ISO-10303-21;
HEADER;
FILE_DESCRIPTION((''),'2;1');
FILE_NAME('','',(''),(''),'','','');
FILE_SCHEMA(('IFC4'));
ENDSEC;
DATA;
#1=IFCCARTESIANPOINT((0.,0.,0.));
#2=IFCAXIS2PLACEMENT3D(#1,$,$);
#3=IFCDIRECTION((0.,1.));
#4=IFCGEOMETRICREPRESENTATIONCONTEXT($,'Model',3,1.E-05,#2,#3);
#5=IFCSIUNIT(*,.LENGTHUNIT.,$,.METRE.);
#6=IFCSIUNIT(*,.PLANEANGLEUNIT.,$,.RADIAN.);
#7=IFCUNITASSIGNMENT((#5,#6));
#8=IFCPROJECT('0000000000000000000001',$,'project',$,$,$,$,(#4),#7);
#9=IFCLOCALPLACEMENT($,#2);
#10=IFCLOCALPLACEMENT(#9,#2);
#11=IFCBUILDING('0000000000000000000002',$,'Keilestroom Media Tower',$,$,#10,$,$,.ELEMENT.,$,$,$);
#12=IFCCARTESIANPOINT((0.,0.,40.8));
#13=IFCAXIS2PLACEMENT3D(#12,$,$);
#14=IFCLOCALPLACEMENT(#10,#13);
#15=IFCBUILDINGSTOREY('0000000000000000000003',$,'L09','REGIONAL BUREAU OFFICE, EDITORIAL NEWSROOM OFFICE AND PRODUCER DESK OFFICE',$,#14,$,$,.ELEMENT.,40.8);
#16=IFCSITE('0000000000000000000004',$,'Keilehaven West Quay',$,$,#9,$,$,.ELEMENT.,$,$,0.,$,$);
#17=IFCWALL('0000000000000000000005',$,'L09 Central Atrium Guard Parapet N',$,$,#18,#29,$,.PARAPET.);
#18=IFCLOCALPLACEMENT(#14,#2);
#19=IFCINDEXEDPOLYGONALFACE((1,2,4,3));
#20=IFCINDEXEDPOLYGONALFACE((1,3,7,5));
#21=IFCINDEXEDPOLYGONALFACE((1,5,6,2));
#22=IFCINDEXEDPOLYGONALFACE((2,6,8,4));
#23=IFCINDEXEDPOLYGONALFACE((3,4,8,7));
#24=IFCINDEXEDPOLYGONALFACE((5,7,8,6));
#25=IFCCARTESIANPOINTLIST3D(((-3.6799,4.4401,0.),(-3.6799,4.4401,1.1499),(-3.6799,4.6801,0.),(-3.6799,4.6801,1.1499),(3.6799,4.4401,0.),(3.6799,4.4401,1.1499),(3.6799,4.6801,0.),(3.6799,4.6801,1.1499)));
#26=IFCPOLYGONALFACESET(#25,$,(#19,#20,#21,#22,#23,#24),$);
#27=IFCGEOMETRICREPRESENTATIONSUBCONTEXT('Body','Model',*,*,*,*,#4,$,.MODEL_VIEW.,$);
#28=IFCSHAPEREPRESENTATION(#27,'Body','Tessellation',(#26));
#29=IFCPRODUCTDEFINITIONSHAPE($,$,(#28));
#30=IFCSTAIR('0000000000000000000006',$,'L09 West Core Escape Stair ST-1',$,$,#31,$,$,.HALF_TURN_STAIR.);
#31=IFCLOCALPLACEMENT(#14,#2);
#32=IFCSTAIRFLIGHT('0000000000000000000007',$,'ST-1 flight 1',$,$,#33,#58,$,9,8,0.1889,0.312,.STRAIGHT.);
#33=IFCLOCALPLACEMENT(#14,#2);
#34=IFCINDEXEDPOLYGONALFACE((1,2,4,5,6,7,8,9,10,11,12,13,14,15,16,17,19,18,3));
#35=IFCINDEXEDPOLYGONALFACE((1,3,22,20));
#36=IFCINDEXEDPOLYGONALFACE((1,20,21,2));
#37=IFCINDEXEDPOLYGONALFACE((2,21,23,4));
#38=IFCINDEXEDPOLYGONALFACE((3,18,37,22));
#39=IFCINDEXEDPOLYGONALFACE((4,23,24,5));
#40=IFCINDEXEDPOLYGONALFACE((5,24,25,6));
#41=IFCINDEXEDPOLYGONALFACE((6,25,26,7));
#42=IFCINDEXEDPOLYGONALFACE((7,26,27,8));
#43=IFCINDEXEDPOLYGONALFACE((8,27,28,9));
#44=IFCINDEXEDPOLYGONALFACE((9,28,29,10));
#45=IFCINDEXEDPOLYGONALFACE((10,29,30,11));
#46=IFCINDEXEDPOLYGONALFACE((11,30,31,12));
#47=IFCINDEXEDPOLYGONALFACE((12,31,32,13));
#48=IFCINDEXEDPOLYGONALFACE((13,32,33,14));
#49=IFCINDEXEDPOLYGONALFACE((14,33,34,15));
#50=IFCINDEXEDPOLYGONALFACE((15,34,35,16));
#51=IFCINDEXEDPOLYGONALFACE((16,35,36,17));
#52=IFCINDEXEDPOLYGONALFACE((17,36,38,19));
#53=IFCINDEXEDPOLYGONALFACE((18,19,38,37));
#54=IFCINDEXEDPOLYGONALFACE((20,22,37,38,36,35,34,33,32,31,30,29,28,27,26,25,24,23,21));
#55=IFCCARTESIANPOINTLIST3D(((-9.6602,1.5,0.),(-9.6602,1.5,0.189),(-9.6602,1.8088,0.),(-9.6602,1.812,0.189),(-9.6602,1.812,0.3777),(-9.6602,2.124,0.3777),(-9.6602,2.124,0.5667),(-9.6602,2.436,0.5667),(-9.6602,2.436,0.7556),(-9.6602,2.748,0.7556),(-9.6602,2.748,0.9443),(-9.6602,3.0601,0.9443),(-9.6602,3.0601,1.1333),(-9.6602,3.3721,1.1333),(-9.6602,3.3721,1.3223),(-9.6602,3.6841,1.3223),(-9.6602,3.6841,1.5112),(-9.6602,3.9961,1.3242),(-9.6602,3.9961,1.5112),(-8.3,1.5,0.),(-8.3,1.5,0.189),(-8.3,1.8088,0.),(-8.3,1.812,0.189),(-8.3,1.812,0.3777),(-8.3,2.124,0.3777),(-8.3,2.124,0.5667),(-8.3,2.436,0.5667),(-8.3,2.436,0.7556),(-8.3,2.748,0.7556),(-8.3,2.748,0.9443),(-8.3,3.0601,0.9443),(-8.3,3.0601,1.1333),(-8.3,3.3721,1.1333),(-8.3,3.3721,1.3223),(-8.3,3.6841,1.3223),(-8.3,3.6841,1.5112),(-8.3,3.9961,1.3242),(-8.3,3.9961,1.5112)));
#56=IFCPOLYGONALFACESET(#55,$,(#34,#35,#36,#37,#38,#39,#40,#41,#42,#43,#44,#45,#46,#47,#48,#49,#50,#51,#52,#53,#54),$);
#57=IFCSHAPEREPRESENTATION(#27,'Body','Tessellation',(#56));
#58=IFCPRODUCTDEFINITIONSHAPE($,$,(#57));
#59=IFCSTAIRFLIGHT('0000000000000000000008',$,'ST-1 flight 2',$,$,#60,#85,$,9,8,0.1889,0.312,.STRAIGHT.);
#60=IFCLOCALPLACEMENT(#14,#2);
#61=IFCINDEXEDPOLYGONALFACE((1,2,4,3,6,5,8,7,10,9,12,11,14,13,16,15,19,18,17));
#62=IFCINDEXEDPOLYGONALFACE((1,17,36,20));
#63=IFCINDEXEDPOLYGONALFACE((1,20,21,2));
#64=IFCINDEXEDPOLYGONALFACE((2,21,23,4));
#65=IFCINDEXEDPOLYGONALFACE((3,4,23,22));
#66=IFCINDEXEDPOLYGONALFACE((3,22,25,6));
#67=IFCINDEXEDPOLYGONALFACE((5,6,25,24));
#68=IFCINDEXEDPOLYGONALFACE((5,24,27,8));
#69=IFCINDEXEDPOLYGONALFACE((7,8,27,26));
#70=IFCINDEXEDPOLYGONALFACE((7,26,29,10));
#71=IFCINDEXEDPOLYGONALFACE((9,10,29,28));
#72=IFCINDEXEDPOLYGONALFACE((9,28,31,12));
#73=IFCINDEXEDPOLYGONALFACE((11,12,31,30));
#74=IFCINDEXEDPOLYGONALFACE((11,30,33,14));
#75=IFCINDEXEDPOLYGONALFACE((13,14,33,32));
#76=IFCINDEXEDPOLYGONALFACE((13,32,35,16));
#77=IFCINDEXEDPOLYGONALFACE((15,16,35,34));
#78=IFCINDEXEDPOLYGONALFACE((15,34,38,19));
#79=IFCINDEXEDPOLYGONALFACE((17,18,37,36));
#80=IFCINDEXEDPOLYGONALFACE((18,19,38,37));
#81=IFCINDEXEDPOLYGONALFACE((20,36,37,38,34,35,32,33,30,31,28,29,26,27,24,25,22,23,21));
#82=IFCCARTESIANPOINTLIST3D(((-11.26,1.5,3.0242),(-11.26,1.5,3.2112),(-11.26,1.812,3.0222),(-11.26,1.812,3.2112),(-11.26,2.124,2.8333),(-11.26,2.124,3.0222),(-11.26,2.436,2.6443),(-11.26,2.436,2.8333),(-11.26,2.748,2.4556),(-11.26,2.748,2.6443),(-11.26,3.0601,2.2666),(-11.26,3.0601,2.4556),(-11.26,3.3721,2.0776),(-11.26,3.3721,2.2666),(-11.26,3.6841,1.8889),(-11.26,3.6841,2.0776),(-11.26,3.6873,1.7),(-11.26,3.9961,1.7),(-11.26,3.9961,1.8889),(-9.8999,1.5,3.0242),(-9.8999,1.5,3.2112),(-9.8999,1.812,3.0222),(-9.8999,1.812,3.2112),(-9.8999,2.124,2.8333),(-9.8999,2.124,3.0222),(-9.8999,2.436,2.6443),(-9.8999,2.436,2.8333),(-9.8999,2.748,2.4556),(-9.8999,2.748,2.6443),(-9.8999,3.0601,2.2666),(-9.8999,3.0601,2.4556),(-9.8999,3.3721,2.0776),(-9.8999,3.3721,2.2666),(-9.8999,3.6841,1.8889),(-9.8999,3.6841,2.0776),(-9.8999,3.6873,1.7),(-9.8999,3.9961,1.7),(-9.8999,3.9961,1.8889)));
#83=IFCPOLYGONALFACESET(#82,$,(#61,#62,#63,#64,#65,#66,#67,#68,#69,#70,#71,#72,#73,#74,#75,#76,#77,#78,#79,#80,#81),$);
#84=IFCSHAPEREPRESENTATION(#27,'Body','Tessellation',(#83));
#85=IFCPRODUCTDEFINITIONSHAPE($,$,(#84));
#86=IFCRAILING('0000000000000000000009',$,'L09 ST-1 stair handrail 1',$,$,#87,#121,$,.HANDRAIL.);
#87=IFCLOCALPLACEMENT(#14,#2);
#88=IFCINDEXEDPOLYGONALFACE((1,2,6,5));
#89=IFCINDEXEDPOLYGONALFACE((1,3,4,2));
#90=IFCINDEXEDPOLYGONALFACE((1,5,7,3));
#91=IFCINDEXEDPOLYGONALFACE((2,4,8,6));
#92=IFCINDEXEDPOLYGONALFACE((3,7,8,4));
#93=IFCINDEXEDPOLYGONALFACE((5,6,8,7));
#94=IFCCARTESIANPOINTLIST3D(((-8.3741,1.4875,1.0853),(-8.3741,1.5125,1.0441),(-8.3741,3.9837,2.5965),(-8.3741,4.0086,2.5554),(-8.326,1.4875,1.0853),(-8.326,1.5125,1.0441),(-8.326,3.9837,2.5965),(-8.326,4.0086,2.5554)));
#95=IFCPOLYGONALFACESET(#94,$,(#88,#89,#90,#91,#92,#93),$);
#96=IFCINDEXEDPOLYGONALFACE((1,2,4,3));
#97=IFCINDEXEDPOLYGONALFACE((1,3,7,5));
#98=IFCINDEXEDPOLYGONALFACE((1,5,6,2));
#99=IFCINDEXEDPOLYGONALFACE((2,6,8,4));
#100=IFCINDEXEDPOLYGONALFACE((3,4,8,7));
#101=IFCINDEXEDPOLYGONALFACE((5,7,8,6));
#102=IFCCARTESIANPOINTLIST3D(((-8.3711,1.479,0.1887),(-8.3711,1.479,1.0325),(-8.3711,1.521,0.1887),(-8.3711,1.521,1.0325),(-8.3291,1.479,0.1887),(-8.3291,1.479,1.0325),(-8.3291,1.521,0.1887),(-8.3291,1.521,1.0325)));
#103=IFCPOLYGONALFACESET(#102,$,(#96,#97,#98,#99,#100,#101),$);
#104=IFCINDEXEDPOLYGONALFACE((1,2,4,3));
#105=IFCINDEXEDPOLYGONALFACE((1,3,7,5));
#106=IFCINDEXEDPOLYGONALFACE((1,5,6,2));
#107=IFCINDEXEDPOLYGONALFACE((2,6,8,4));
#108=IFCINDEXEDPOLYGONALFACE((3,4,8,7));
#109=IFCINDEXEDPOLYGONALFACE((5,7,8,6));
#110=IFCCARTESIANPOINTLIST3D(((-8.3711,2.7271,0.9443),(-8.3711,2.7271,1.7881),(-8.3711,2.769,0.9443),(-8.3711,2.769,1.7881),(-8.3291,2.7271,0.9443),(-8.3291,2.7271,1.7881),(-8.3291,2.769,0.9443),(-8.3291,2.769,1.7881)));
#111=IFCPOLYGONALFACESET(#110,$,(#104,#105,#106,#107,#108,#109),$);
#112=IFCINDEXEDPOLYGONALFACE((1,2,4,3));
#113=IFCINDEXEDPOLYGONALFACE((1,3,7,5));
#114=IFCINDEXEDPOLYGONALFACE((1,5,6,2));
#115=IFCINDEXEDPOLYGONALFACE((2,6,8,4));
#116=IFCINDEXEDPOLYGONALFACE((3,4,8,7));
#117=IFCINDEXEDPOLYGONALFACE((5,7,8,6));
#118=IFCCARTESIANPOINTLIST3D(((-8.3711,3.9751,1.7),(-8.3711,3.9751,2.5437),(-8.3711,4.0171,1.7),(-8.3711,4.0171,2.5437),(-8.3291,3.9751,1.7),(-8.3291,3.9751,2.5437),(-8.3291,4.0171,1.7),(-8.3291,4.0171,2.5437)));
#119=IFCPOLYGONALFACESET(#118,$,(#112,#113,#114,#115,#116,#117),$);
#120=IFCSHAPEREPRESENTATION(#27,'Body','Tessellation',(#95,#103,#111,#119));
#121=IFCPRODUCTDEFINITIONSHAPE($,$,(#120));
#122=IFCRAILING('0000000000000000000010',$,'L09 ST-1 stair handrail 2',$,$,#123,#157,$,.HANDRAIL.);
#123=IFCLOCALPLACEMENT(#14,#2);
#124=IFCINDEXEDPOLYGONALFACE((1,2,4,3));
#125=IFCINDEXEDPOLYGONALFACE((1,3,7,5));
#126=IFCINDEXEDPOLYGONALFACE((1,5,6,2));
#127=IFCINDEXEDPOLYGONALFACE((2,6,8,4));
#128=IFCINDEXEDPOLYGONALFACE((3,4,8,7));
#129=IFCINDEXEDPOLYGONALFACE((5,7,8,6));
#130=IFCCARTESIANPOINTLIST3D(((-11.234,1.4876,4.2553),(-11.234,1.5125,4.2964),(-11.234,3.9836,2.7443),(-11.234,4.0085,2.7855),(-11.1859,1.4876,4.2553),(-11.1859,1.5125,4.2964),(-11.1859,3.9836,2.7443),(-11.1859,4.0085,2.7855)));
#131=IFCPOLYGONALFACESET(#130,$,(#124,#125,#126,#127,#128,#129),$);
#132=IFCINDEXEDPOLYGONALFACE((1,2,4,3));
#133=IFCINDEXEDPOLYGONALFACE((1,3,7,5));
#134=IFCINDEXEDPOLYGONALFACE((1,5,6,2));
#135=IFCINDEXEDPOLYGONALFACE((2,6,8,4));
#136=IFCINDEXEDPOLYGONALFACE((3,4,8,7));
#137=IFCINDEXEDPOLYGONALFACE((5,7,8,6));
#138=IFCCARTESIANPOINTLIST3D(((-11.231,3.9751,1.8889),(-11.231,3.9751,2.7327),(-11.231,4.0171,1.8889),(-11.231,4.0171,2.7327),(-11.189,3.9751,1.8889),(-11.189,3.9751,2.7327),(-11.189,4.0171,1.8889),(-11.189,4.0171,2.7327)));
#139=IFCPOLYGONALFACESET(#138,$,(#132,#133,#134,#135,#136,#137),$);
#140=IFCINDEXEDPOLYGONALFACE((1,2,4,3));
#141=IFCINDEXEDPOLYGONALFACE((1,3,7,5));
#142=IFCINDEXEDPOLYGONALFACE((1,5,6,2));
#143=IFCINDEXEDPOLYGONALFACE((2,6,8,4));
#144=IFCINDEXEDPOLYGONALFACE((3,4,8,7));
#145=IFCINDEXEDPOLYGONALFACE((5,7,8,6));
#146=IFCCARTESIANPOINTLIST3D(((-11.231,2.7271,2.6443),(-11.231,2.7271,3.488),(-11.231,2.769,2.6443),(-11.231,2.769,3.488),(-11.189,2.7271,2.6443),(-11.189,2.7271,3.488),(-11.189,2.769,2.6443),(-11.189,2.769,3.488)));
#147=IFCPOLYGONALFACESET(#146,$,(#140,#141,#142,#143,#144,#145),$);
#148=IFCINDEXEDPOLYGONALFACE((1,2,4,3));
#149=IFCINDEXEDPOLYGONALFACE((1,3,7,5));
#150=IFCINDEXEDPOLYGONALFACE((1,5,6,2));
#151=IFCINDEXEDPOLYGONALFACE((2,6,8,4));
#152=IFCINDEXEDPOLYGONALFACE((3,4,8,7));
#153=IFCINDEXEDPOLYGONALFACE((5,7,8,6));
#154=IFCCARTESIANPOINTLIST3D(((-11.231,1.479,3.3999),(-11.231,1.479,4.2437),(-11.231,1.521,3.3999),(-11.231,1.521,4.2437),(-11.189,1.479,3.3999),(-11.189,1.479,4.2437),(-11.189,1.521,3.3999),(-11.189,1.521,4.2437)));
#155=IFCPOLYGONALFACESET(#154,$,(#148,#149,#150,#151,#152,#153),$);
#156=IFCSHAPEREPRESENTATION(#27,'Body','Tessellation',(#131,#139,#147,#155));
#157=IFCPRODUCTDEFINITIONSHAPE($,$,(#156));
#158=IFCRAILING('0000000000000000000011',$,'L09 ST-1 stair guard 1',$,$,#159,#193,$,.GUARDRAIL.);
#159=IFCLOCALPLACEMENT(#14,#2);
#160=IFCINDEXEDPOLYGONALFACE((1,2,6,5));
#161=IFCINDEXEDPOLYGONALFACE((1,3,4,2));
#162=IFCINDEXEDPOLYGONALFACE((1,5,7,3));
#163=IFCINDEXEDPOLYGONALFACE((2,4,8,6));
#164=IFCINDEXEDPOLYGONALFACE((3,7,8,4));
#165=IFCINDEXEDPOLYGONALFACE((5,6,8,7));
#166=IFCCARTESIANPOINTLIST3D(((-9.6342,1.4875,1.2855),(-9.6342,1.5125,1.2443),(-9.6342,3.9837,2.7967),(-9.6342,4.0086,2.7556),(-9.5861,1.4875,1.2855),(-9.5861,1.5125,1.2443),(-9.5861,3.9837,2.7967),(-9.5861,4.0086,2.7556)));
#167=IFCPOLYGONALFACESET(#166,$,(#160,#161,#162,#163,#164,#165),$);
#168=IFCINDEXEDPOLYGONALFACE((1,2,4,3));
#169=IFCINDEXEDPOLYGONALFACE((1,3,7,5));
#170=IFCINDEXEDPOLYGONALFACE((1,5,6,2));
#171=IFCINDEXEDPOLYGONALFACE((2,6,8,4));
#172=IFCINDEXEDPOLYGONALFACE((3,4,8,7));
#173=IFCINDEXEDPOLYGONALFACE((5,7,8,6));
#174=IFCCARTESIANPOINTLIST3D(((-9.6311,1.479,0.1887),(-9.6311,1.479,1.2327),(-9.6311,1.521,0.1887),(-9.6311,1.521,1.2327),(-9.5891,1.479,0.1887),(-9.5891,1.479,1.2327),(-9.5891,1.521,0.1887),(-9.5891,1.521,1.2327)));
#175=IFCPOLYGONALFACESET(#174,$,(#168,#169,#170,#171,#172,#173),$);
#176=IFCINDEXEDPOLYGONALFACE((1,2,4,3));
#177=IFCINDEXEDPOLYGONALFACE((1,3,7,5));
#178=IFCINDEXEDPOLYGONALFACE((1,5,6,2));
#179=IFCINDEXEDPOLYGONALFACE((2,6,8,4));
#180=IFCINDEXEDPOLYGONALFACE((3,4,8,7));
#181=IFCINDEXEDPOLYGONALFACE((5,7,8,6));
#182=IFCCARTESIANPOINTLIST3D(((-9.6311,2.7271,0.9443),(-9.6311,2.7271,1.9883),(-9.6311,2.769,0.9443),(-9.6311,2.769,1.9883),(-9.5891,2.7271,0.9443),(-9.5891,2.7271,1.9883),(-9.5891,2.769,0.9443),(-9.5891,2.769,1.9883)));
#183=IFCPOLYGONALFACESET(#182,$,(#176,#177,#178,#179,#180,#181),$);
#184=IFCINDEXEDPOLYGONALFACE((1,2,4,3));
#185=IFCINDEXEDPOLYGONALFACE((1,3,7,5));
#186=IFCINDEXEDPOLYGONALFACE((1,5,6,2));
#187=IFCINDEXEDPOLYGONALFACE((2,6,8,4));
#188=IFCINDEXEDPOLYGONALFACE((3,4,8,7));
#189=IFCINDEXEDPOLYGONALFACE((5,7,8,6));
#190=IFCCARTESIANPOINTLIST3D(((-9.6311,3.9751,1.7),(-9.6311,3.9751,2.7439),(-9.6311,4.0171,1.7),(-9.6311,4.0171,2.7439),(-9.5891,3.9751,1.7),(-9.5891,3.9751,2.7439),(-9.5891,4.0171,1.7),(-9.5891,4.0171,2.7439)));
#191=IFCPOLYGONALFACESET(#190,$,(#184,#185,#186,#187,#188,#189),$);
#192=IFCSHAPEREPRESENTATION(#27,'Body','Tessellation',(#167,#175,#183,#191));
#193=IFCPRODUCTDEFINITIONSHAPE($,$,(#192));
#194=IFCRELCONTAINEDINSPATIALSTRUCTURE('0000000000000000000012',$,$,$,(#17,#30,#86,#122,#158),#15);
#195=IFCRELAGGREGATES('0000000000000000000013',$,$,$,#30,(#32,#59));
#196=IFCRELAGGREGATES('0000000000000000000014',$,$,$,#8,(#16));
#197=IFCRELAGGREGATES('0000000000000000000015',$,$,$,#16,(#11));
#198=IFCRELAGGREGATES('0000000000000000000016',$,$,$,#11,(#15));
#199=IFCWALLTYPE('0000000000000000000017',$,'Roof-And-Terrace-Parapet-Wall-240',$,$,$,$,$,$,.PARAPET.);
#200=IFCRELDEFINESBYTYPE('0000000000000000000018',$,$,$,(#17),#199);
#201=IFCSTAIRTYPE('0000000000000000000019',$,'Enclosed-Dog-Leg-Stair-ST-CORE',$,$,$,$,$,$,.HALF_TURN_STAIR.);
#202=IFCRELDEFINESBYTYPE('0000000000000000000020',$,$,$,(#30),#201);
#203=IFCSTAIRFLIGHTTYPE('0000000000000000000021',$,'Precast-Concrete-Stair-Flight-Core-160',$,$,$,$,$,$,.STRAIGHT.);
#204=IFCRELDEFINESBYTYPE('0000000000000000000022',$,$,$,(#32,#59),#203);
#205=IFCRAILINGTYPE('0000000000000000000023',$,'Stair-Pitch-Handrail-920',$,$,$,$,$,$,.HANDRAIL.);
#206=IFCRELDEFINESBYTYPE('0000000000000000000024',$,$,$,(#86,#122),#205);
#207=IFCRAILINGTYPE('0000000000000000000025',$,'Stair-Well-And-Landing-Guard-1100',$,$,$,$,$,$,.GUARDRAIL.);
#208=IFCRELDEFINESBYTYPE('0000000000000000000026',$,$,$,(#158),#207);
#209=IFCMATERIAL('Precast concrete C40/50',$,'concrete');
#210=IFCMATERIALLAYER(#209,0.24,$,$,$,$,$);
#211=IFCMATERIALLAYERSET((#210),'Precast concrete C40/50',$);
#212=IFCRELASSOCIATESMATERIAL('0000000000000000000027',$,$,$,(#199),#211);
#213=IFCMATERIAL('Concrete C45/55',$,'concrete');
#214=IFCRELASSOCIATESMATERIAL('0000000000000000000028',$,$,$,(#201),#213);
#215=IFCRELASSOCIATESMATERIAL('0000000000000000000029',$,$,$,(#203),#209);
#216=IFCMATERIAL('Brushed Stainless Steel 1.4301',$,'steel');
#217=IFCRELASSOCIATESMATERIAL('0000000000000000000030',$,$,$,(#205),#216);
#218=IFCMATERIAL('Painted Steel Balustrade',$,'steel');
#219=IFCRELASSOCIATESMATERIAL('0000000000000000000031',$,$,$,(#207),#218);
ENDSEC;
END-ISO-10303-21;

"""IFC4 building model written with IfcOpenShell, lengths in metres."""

from ifc_helpers import new_model, si_unit, direction, frame, frame_2d, origin, origin_2d, place, context, subcontext, project, spatial, polyline, rectangle, outline, extrude, material, layer, layer_set, type_object, element, aggregate, save


model = new_model("IFC4")

# Units and contexts
model_context = context("Model", 3, precision=1e-05, world=origin(), true_north=direction((0.0, 1.0)))
body_context = subcontext(model_context, "Body", "Model", "MODEL_VIEW")
ifc_project = project(units=[si_unit("LENGTHUNIT", "METRE"), si_unit("PLANEANGLEUNIT", "RADIAN")], contexts=[model_context])

# Site, building, storey
site_placement = place(None, origin())
site = spatial("IfcSite", under=ifc_project, at=site_placement, Name="Keilehaven West Quay", CompositionType="ELEMENT", RefElevation=0.0)
building_placement = place(site_placement, origin())
building = spatial("IfcBuilding", under=site, at=building_placement, Name="Keilestroom Media Tower", CompositionType="ELEMENT")
storey_placement = place(building_placement, frame((0.0, 0.0, 40.8)))
storey = spatial("IfcBuildingStorey", under=building, at=storey_placement, Name="L09", Description="REGIONAL BUREAU OFFICE, EDITORIAL NEWSROOM OFFICE AND PRODUCER DESK OFFICE", CompositionType="ELEMENT", Elevation=40.8)

# Shared definitions
ifc_material_1 = material(Name="Concrete C45/55", Category="concrete")

# Wall
ifc_material_2 = material(Name="Precast concrete C40/50", Category="concrete")
ifc_layer_1 = layer(ifc_material_2, 0.24)
ifc_layer_set_1 = layer_set([ifc_layer_1], Name="Precast concrete C40/50")
wall_type_1 = type_object("IfcWallType", Name="Roof-And-Terrace-Parapet-Wall-240", PredefinedType="PARAPET", material=ifc_layer_set_1)
wall_1_placement = place(storey_placement, frame((-3.6799, 4.5601, 0.0), z_axis=(0.0, 0.0, 1.0), x_axis=(1.0, 0.0, 0.0)))
element("IfcWall", 1, at=wall_1_placement, inside=storey, type_object=wall_type_1, Name="L09 Central Atrium Guard Parapet N", PredefinedType="PARAPET", context=body_context, shape_type="SweptSolid", body=[
    extrude(rectangle(XDim=7.3599, YDim=0.24, at=frame_2d((3.6799, 0.0))), origin(), (0.0, 0.0, 1.0), 1.1499),
])

# Stair, stair flights
stair_type = type_object("IfcStairType", Name="Enclosed-Dog-Leg-Stair-ST-CORE", PredefinedType="HALF_TURN_STAIR", material=ifc_material_1)
stair_placement = place(storey_placement, origin())
stair = element("IfcStair", 2, at=stair_placement, inside=storey, type_object=stair_type, Name="L09 West Core Escape Stair ST-1", PredefinedType="HALF_TURN_STAIR")
stair_flight_type = type_object("IfcStairFlightType", Name="Precast-Concrete-Stair-Flight-Core-160", PredefinedType="STRAIGHT", material=ifc_material_2)
stair_flight_1_placement = place(storey_placement, frame((-8.98, 1.5, 0.0), z_axis=(0.0, 0.0, 1.0), x_axis=(0.0, 1.0, 0.0)))
stair_flight_1 = element("IfcStairFlight", 3, at=stair_flight_1_placement, type_object=stair_flight_type, Name="ST-1 flight 1", NumberOfRisers=9, NumberOfTreads=8, PredefinedType="STRAIGHT", RiserHeight=0.1889, TreadLength=0.312, context=body_context, shape_type="SweptSolid", body=[
    extrude(outline(polyline([(0.0, 0.0), (0.0, 0.189), (0.312, 0.189), (0.312, 0.3777), (0.624, 0.3777), (0.624, 0.5667), (0.936, 0.5667), (0.936, 0.7556), (1.248, 0.7556), (1.248, 0.9443), (1.5601, 0.9443), (1.5601, 1.1333), (1.8721, 1.1333), (1.8721, 1.3223), (2.1841, 1.3223), (2.1841, 1.5112), (2.4961, 1.5112), (2.4961, 1.7), (2.4961, 1.3242), (0.3088, 0.0), (0.0, 0.0)])), frame((0.0, 0.6802, 0.0), z_axis=(0.0, -1.0, 0.0), x_axis=(1.0, 0.0, 0.0)), (0.0, 0.0, 1.0), 1.3601),
])
stair_flight_2_placement = place(storey_placement, frame((-10.5801, 3.9961, 1.7), z_axis=(0.0, 0.0, 1.0), x_axis=(0.0, -1.0, 0.0)))
stair_flight_2 = element("IfcStairFlight", 4, at=stair_flight_2_placement, type_object=stair_flight_type, Name="ST-1 flight 2", NumberOfRisers=9, NumberOfTreads=8, PredefinedType="STRAIGHT", RiserHeight=0.1889, TreadLength=0.312, context=body_context, shape_type="SweptSolid", body=[
    extrude(outline(polyline([(0.0, 0.0), (0.0, 0.189), (0.312, 0.189), (0.312, 0.3777), (0.624, 0.3777), (0.624, 0.5667), (0.936, 0.5667), (0.936, 0.7556), (1.248, 0.7556), (1.248, 0.9443), (1.5601, 0.9443), (1.5601, 1.1333), (1.8721, 1.1333), (1.8721, 1.3223), (2.1841, 1.3223), (2.1841, 1.5112), (2.4961, 1.5112), (2.4961, 1.7), (2.4961, 1.3242), (0.3088, 0.0), (0.0, 0.0)])), frame((0.0, 0.6802, 0.0), z_axis=(0.0, -1.0, 0.0), x_axis=(1.0, 0.0, 0.0)), (0.0, 0.0, 1.0), 1.3601),
])
aggregate(stair, [stair_flight_1, stair_flight_2])

# Railings
ifc_material_3 = material(Name="Brushed Stainless Steel 1.4301", Category="steel")
railing_type_1 = type_object("IfcRailingType", Name="Stair-Pitch-Handrail-920", PredefinedType="HANDRAIL", material=ifc_material_3)
railing_1_placement = place(storey_placement, frame((-8.3501, 1.5, 0.1887)))
element("IfcRailing", 5, at=railing_1_placement, inside=storey, type_object=railing_type_1, Name="L09 ST-1 stair handrail 1", PredefinedType="HANDRAIL", context=body_context, shape_type="SweptSolid", body=[
    extrude(rectangle(XDim=0.0481, YDim=0.0481, at=origin_2d()), frame((0.0, 0.0, 0.876), z_axis=(0.0, 0.855434, 0.517912), x_axis=(-1.0, 0.0, 0.0)), (0.0, 0.0, 1.0), 2.918),
    extrude(rectangle(XDim=0.042, YDim=0.042, at=origin_2d()), origin(), (0.0, 0.0, 1.0), 0.8438),
    extrude(rectangle(XDim=0.042, YDim=0.042, at=origin_2d()), frame((0.0, 1.248, 0.7556)), (0.0, 0.0, 1.0), 0.8438),
    extrude(rectangle(XDim=0.042, YDim=0.042, at=origin_2d()), frame((0.0, 2.4961, 1.5112)), (0.0, 0.0, 1.0), 0.8438),
])
railing_2_placement = place(storey_placement, frame((-11.21, 3.9961, 1.8889)))
element("IfcRailing", 6, at=railing_2_placement, inside=storey, type_object=railing_type_1, Name="L09 ST-1 stair handrail 2", PredefinedType="HANDRAIL", context=body_context, shape_type="SweptSolid", body=[
    extrude(rectangle(XDim=0.0481, YDim=0.0481, at=origin_2d()), frame((0.0, 0.0, 0.876), z_axis=(0.0, -0.855471, 0.517851), x_axis=(1.0, 0.0, 0.0)), (0.0, 0.0, 1.0), 2.9177),
    extrude(rectangle(XDim=0.042, YDim=0.042, at=origin_2d()), origin(), (0.0, 0.0, 1.0), 0.8438),
    extrude(rectangle(XDim=0.042, YDim=0.042, at=origin_2d()), frame((0.0, -1.248, 0.7554)), (0.0, 0.0, 1.0), 0.8438),
    extrude(rectangle(XDim=0.042, YDim=0.042, at=origin_2d()), frame((0.0, -2.4961, 1.511)), (0.0, 0.0, 1.0), 0.8438),
])
ifc_material_4 = material(Name="Painted Steel Balustrade", Category="steel")
railing_type_2 = type_object("IfcRailingType", Name="Stair-Well-And-Landing-Guard-1100", PredefinedType="GUARDRAIL", material=ifc_material_4)
railing_3_placement = place(storey_placement, frame((-9.6101, 1.5, 0.1887)))
element("IfcRailing", 7, at=railing_3_placement, inside=storey, type_object=railing_type_2, Name="L09 ST-1 stair guard 1", PredefinedType="GUARDRAIL", context=body_context, shape_type="SweptSolid", body=[
    extrude(rectangle(XDim=0.0481, YDim=0.0481, at=origin_2d()), frame((0.0, 0.0, 1.0762), z_axis=(0.0, 0.855434, 0.517912), x_axis=(-1.0, 0.0, 0.0)), (0.0, 0.0, 1.0), 2.918),
    extrude(rectangle(XDim=0.042, YDim=0.042, at=origin_2d()), origin(), (0.0, 0.0, 1.0), 1.0439),
    extrude(rectangle(XDim=0.042, YDim=0.042, at=origin_2d()), frame((0.0, 1.248, 0.7556)), (0.0, 0.0, 1.0), 1.0439),
    extrude(rectangle(XDim=0.042, YDim=0.042, at=origin_2d()), frame((0.0, 2.4961, 1.5112)), (0.0, 0.0, 1.0), 1.0439),
])

save(model, "model.ifc")
